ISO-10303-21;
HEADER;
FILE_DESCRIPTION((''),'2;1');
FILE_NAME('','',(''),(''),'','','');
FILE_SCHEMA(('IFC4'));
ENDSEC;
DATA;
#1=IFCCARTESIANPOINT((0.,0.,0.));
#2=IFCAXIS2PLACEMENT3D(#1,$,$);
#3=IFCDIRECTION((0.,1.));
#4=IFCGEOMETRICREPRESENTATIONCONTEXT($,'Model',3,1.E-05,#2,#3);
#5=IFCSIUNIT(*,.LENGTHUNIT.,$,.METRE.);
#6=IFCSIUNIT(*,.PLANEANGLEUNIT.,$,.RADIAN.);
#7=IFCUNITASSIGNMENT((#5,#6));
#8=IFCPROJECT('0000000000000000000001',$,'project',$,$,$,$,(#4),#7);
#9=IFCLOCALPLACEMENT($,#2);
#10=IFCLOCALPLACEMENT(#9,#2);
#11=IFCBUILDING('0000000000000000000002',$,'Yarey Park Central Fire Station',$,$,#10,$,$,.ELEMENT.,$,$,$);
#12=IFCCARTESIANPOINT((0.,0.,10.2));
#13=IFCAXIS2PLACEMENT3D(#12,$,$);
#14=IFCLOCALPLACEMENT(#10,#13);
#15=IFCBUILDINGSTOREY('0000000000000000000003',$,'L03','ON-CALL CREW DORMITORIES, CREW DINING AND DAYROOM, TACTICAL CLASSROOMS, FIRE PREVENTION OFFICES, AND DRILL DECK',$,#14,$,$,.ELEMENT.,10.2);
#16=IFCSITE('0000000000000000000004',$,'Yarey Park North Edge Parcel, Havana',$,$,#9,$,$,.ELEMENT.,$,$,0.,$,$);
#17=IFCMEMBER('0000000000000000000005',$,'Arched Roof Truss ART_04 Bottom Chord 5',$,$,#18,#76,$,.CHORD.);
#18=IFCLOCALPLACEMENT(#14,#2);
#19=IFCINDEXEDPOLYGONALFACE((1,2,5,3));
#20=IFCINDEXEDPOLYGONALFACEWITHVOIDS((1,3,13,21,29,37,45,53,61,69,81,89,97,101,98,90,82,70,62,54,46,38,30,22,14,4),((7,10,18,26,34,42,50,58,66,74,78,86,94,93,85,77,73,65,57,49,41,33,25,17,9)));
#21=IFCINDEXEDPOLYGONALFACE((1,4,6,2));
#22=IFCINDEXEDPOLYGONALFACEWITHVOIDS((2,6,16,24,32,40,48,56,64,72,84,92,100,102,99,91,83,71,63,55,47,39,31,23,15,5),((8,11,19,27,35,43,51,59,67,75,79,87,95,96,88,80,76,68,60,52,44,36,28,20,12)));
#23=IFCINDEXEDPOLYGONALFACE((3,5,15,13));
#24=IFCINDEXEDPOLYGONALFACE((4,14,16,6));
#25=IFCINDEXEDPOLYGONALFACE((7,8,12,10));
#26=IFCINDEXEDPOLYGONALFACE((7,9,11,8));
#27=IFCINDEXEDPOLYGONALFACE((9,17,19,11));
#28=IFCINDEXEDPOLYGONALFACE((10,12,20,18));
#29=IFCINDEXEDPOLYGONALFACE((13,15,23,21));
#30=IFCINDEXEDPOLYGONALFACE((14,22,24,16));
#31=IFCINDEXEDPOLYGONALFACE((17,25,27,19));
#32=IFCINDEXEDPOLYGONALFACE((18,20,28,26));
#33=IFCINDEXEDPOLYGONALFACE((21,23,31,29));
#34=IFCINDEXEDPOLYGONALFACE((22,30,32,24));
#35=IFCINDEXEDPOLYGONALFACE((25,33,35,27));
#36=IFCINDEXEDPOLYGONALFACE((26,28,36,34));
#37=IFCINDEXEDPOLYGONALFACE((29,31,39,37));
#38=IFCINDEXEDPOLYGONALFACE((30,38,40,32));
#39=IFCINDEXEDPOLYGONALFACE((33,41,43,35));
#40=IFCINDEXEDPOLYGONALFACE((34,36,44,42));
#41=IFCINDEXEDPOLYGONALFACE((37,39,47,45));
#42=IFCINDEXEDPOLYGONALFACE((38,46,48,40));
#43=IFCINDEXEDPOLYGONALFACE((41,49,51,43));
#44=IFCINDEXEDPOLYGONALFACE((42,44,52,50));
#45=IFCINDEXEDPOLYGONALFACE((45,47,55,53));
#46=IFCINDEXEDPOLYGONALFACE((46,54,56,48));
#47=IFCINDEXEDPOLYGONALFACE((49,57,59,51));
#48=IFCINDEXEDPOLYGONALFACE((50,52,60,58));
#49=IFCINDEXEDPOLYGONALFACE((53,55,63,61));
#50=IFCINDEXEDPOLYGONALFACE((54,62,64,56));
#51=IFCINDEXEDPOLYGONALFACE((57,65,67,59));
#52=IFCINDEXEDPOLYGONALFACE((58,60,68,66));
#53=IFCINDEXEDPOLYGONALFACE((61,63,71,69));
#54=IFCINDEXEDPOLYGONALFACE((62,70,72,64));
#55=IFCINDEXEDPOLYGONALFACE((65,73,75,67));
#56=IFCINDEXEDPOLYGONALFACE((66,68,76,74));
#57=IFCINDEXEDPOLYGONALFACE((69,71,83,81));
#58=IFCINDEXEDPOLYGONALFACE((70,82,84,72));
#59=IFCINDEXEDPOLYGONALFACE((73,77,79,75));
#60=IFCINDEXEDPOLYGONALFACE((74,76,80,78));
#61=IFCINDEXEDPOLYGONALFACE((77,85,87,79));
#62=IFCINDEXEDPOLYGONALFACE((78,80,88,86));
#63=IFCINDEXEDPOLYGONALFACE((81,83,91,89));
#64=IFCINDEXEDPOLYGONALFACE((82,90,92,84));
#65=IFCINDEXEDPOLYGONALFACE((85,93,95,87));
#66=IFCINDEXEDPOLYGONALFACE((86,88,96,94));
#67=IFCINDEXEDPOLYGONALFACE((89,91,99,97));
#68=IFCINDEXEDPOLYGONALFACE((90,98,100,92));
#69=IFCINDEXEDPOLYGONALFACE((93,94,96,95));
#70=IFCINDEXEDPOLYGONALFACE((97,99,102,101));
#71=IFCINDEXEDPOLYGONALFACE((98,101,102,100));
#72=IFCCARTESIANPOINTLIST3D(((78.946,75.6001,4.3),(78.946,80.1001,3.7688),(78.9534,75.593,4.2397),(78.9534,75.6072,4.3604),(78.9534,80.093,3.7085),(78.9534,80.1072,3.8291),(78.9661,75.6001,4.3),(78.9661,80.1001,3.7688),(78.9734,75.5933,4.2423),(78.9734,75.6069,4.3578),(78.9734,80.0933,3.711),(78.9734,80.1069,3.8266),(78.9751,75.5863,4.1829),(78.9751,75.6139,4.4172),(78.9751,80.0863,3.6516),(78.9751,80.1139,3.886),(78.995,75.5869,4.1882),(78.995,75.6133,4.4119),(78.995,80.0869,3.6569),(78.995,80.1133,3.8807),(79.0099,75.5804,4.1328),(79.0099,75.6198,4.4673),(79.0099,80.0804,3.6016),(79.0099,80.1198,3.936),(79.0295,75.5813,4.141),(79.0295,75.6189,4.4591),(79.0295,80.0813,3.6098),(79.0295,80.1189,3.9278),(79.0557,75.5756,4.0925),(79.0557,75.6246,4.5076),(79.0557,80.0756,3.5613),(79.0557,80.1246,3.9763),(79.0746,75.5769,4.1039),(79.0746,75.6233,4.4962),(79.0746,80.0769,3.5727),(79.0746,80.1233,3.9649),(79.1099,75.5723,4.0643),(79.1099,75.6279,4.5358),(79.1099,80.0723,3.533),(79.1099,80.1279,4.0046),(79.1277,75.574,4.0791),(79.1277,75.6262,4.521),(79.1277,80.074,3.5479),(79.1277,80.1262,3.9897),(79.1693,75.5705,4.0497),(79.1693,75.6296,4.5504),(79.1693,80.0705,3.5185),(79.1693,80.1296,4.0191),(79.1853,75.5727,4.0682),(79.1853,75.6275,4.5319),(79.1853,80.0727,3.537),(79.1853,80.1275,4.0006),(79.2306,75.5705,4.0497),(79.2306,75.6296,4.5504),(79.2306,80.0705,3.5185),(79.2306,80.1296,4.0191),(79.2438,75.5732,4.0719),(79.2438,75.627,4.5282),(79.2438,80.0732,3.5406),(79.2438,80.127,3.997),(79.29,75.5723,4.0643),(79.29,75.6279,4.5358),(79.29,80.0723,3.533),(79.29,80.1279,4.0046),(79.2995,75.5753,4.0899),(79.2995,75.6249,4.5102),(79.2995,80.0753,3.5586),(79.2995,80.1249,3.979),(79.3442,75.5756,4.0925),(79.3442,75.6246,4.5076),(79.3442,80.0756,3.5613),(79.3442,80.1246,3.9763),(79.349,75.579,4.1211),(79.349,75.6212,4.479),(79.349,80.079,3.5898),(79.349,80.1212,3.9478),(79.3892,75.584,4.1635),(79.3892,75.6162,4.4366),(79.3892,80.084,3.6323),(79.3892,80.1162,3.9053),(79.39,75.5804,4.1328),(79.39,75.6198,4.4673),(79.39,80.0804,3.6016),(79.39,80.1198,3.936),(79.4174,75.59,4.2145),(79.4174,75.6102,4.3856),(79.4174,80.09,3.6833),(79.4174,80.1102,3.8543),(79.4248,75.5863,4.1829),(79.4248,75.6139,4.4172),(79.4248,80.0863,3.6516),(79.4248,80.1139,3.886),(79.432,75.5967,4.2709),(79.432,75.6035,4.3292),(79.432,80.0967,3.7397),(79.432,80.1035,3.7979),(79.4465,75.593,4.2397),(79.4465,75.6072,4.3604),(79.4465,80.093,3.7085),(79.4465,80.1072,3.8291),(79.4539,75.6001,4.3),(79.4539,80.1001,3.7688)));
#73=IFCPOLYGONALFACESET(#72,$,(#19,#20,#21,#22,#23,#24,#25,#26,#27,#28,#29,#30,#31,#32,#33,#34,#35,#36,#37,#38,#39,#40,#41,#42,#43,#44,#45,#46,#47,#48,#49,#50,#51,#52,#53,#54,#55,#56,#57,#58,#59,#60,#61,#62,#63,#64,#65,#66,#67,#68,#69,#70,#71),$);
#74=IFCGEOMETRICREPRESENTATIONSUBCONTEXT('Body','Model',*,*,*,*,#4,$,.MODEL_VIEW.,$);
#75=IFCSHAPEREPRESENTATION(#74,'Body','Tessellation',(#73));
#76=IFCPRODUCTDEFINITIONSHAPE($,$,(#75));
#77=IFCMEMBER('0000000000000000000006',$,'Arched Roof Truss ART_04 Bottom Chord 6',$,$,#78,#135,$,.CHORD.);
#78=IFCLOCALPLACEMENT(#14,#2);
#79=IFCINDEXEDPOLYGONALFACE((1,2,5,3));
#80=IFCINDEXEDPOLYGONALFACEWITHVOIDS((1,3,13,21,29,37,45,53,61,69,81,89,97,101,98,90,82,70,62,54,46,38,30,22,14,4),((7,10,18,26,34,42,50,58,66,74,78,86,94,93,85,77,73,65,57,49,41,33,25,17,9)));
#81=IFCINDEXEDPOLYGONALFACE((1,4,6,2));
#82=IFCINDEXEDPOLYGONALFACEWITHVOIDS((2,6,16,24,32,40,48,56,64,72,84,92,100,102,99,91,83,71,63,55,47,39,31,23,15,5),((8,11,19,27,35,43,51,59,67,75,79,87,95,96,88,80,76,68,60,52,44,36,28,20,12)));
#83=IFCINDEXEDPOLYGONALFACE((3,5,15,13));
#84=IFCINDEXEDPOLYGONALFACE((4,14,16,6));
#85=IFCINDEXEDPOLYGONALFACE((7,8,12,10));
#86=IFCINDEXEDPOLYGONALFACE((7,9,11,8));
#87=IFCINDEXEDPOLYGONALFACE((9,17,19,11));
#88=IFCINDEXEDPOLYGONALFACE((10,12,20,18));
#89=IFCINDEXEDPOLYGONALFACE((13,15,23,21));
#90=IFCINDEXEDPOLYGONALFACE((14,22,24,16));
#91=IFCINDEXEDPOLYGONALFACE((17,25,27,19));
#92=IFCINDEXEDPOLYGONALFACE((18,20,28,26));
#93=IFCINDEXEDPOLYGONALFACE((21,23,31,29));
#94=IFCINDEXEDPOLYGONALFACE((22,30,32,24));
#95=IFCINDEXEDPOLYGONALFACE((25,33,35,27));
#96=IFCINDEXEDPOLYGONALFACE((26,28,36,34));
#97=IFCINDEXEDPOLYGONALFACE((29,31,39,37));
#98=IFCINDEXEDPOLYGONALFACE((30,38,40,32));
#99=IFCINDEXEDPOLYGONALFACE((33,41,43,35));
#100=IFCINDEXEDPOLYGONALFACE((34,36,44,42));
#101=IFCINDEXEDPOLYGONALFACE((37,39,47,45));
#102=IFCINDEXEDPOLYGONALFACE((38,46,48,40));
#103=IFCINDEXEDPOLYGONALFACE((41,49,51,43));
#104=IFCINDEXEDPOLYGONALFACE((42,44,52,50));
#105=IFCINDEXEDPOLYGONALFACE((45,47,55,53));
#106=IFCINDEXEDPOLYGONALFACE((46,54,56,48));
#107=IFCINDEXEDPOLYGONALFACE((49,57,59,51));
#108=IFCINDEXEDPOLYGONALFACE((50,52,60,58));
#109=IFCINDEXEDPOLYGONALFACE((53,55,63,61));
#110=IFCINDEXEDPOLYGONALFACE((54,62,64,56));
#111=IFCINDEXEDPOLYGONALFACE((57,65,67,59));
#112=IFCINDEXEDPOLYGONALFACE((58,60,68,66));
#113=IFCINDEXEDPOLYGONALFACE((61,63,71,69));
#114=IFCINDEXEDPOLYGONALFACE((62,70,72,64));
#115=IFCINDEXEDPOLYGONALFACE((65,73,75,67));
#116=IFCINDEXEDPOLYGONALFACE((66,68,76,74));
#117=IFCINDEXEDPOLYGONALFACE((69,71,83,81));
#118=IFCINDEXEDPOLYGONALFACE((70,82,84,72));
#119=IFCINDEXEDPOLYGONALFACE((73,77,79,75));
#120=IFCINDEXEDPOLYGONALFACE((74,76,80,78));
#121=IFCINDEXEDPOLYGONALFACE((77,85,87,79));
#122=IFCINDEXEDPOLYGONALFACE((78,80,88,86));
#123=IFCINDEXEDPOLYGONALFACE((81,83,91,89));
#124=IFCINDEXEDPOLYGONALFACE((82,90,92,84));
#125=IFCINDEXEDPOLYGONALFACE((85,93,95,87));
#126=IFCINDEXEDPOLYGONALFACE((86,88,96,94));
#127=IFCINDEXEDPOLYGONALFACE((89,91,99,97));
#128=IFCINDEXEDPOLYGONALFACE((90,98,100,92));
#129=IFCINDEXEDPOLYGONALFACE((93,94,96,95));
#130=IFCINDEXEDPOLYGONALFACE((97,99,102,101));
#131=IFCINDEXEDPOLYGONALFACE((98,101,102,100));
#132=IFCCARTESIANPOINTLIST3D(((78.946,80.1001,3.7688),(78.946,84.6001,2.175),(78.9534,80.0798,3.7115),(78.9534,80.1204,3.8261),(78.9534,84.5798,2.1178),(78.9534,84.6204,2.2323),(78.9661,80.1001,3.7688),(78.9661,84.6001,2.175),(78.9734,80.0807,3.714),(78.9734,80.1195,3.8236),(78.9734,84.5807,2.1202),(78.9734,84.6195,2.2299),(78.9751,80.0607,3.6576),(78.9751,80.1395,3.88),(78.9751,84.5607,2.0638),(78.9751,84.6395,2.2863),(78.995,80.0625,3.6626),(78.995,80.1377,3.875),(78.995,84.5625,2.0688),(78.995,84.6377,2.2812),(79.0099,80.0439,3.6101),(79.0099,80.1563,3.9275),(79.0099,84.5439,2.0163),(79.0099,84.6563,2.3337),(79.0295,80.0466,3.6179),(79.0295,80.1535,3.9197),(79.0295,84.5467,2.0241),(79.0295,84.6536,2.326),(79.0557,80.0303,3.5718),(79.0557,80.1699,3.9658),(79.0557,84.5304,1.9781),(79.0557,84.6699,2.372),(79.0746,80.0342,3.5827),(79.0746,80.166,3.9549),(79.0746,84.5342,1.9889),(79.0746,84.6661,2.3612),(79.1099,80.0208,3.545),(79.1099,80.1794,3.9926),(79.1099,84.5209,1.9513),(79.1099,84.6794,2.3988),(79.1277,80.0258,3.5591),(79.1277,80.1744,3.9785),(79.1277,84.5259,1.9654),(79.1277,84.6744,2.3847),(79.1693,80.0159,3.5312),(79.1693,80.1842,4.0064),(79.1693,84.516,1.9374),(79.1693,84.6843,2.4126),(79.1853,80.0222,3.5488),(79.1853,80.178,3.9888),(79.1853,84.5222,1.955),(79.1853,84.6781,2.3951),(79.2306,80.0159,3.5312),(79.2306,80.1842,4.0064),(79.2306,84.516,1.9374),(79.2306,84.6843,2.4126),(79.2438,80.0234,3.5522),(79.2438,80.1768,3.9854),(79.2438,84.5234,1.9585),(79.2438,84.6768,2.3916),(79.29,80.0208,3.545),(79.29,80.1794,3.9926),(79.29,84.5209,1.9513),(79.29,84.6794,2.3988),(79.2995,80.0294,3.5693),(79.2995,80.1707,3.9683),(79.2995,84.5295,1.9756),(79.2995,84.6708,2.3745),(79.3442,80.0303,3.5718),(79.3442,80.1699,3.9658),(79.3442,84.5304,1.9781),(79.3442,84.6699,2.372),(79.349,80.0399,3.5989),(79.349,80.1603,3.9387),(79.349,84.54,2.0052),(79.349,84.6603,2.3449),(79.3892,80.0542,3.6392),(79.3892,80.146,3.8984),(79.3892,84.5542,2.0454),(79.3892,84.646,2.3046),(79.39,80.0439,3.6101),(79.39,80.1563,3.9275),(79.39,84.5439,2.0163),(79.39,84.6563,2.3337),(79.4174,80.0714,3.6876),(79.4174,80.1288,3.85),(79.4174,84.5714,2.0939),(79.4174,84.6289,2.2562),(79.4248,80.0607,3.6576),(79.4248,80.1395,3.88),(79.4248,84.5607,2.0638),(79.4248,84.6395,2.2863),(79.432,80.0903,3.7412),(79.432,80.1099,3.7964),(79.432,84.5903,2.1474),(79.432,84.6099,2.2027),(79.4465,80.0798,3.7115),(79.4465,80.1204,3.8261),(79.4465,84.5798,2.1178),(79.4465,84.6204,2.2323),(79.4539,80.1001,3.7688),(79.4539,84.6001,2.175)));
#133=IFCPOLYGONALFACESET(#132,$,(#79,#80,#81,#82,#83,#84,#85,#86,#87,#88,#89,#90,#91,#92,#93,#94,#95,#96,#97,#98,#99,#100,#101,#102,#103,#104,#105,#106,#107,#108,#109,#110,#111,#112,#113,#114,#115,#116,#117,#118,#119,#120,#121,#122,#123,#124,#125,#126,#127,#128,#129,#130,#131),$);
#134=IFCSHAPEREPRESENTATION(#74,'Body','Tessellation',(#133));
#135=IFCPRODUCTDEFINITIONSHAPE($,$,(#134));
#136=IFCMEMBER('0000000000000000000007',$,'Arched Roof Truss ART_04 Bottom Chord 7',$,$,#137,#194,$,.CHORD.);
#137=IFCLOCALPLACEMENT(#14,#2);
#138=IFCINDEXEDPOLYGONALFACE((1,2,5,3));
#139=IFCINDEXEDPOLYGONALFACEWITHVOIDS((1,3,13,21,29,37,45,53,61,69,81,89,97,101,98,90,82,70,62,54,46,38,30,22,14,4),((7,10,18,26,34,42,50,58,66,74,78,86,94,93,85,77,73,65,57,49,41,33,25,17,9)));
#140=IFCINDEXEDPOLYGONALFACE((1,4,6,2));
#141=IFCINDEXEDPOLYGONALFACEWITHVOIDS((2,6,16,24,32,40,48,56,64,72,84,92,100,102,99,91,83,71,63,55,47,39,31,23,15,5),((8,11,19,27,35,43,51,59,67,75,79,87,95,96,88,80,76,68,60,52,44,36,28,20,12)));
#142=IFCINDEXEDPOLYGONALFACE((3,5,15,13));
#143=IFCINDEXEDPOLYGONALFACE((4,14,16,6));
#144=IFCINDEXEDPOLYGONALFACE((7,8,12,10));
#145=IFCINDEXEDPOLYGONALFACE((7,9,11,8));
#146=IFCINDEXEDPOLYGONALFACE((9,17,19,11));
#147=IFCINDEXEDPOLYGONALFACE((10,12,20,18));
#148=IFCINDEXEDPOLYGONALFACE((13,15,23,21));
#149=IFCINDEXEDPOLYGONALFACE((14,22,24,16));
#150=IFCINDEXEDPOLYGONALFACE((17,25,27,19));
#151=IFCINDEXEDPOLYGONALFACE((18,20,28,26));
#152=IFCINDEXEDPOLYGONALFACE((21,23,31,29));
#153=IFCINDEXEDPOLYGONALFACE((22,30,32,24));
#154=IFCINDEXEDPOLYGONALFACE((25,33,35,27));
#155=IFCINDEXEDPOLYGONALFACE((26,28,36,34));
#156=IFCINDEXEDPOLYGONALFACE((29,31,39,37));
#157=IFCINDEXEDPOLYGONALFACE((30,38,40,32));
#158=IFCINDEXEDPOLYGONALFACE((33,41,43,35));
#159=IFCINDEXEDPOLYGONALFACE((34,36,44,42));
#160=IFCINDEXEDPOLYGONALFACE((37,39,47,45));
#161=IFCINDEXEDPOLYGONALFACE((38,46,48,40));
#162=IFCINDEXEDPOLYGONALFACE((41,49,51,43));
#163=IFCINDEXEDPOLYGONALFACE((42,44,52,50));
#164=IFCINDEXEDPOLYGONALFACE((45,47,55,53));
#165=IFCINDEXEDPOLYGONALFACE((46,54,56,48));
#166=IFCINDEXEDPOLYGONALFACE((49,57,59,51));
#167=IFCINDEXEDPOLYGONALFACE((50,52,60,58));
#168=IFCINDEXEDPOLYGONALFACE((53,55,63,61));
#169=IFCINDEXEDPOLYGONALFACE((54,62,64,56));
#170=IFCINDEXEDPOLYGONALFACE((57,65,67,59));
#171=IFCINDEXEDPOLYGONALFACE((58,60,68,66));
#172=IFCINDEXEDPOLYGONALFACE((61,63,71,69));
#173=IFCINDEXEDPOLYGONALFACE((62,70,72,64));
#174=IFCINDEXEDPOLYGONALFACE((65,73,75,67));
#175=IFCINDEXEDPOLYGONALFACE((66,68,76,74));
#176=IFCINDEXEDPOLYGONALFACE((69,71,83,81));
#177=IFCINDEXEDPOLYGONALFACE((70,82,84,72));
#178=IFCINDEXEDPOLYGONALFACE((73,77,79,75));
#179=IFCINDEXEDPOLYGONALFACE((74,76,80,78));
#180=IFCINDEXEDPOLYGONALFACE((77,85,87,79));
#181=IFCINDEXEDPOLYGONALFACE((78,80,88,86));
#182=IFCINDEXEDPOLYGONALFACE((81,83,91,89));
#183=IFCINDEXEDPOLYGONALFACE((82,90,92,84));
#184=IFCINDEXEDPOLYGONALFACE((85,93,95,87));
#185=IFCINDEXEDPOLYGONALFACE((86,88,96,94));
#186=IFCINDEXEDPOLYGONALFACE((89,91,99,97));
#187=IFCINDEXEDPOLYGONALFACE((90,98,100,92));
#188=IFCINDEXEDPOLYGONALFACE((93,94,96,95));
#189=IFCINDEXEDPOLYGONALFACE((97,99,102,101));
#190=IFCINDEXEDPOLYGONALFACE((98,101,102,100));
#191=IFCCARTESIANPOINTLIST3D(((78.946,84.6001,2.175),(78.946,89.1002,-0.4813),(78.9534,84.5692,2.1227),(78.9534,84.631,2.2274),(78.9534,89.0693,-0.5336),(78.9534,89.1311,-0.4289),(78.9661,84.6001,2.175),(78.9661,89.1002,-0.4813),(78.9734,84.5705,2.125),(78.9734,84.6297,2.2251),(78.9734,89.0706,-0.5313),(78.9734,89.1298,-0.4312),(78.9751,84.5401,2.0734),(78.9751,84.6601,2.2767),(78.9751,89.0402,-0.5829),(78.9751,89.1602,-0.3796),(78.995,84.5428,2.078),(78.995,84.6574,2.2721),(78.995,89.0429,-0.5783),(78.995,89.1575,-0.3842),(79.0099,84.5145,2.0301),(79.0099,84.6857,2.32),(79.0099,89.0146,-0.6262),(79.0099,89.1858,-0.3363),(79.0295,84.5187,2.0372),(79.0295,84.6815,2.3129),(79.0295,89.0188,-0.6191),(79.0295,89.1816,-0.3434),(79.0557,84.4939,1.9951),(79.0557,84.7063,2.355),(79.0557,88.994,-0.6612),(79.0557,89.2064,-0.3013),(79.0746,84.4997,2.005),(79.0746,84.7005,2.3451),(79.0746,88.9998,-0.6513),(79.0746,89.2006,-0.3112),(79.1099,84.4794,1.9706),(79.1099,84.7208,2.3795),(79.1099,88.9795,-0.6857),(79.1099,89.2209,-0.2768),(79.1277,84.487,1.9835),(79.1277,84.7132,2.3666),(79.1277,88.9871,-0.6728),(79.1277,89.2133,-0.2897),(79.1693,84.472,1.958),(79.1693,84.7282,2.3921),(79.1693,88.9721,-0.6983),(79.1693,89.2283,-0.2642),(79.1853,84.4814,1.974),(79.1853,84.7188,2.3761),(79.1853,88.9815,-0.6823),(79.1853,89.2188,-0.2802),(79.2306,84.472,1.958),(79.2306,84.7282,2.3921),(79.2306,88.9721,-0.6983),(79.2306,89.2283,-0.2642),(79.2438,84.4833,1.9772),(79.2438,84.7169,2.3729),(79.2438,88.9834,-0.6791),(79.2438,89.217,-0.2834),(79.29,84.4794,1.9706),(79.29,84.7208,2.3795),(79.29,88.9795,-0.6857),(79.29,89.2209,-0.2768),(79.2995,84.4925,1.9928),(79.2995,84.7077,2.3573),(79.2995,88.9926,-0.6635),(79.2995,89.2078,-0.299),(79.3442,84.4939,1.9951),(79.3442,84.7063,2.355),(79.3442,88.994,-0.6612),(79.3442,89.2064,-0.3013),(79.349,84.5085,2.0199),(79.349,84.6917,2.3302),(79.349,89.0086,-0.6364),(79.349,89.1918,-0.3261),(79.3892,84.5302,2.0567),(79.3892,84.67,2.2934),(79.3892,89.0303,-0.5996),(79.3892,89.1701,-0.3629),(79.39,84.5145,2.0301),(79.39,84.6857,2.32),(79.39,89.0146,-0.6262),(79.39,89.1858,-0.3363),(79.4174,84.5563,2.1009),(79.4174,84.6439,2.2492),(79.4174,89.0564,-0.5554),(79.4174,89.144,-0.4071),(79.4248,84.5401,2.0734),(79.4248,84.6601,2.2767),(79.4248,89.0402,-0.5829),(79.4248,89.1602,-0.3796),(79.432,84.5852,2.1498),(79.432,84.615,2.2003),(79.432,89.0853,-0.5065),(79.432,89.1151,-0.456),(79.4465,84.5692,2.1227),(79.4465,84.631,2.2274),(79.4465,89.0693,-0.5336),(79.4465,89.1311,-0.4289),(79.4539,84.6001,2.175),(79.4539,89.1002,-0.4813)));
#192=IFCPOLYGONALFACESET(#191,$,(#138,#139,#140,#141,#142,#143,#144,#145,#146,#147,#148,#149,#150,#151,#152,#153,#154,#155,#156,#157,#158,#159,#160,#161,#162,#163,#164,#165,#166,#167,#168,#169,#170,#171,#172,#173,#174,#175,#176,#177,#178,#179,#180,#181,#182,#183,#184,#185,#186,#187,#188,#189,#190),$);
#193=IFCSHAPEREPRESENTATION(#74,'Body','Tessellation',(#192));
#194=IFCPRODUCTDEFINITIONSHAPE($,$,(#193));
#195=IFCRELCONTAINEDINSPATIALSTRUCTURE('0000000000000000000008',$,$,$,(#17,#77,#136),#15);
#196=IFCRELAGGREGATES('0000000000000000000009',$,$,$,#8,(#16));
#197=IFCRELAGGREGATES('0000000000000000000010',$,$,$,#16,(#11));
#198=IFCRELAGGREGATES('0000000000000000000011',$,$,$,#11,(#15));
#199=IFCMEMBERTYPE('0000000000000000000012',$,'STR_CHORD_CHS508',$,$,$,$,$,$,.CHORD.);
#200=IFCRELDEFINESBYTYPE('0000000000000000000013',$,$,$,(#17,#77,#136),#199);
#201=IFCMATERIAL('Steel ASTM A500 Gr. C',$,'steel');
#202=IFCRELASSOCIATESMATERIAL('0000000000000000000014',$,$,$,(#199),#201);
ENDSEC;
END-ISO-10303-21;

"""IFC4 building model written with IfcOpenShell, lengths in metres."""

from ifc_helpers import new_model, si_unit, direction, frame, origin, origin_2d, place, context, subcontext, project, spatial, hollow_circle, extrude, material, material_profile, profile_set, type_object, element, save


model = new_model("IFC4")

# Units and contexts
model_context = context("Model", 3, precision=1e-05, world=origin(), true_north=direction((0.0, 1.0)))
body_context = subcontext(model_context, "Body", "Model", "MODEL_VIEW")
ifc_project = project(units=[si_unit("LENGTHUNIT", "METRE"), si_unit("PLANEANGLEUNIT", "RADIAN")], contexts=[model_context])

# Site, building, storey
site_placement = place(None, origin())
site = spatial("IfcSite", under=ifc_project, at=site_placement, Name="Yarey Park North Edge Parcel, Havana", CompositionType="ELEMENT", RefElevation=0.0)
building_placement = place(site_placement, origin())
building = spatial("IfcBuilding", under=site, at=building_placement, Name="Yarey Park Central Fire Station", CompositionType="ELEMENT")
storey_placement = place(building_placement, frame((0.0, 0.0, 10.2)))
storey = spatial("IfcBuildingStorey", under=building, at=storey_placement, Name="L03", Description="ON-CALL CREW DORMITORIES, CREW DINING AND DAYROOM, TACTICAL CLASSROOMS, FIRE PREVENTION OFFICES, AND DRILL DECK", CompositionType="ELEMENT", Elevation=10.2)

# Members
ifc_material_1 = material(Name="Steel ASTM A500 Gr. C", Category="steel")
ifc_material_profile_1 = material_profile(ifc_material_1, hollow_circle(Radius=0.2539, WallThickness=0.02, at=origin_2d()), Name="CHS 508x20")
ifc_profile_set_1 = profile_set([ifc_material_profile_1], Name="Steel ASTM A500 Gr. C")
member_type_1 = type_object("IfcMemberType", Name="STR_CHORD_CHS508", PredefinedType="CHORD", material=ifc_profile_set_1)
member_1_placement = place(storey_placement, frame((79.2, 75.6001, 4.3), z_axis=(0.0, 0.993103, -0.117241), x_axis=(-1.0, 0.0, 0.0)))
element("IfcMember", 1, at=member_1_placement, inside=storey, type_object=member_type_1, Name="Arched Roof Truss ART_04 Bottom Chord 5", PredefinedType="CHORD", context=body_context, shape_type="SweptSolid", body=[
    extrude(hollow_circle(Radius=0.2539, WallThickness=0.02, at=origin_2d()), origin(), (0.0, 0.0, 1.0), 4.5312),
])
member_2_placement = place(storey_placement, frame((79.2, 80.1001, 3.7688), z_axis=(0.0, 0.942627, -0.333847), x_axis=(-1.0, 0.0, 0.0)))
element("IfcMember", 2, at=member_2_placement, inside=storey, type_object=member_type_1, Name="Arched Roof Truss ART_04 Bottom Chord 6", PredefinedType="CHORD", context=body_context, shape_type="SweptSolid", body=[
    extrude(hollow_circle(Radius=0.2539, WallThickness=0.02, at=origin_2d()), origin(), (0.0, 0.0, 1.0), 4.7739),
])
member_3_placement = place(storey_placement, frame((79.2, 84.6001, 2.175), z_axis=(0.0, 0.861165, -0.508326), x_axis=(-1.0, 0.0, 0.0)))
element("IfcMember", 3, at=member_3_placement, inside=storey, type_object=member_type_1, Name="Arched Roof Truss ART_04 Bottom Chord 7", PredefinedType="CHORD", context=body_context, shape_type="SweptSolid", body=[
    extrude(hollow_circle(Radius=0.2539, WallThickness=0.02, at=origin_2d()), origin(), (0.0, 0.0, 1.0), 5.2256),
])

save(model, "model.ifc")
